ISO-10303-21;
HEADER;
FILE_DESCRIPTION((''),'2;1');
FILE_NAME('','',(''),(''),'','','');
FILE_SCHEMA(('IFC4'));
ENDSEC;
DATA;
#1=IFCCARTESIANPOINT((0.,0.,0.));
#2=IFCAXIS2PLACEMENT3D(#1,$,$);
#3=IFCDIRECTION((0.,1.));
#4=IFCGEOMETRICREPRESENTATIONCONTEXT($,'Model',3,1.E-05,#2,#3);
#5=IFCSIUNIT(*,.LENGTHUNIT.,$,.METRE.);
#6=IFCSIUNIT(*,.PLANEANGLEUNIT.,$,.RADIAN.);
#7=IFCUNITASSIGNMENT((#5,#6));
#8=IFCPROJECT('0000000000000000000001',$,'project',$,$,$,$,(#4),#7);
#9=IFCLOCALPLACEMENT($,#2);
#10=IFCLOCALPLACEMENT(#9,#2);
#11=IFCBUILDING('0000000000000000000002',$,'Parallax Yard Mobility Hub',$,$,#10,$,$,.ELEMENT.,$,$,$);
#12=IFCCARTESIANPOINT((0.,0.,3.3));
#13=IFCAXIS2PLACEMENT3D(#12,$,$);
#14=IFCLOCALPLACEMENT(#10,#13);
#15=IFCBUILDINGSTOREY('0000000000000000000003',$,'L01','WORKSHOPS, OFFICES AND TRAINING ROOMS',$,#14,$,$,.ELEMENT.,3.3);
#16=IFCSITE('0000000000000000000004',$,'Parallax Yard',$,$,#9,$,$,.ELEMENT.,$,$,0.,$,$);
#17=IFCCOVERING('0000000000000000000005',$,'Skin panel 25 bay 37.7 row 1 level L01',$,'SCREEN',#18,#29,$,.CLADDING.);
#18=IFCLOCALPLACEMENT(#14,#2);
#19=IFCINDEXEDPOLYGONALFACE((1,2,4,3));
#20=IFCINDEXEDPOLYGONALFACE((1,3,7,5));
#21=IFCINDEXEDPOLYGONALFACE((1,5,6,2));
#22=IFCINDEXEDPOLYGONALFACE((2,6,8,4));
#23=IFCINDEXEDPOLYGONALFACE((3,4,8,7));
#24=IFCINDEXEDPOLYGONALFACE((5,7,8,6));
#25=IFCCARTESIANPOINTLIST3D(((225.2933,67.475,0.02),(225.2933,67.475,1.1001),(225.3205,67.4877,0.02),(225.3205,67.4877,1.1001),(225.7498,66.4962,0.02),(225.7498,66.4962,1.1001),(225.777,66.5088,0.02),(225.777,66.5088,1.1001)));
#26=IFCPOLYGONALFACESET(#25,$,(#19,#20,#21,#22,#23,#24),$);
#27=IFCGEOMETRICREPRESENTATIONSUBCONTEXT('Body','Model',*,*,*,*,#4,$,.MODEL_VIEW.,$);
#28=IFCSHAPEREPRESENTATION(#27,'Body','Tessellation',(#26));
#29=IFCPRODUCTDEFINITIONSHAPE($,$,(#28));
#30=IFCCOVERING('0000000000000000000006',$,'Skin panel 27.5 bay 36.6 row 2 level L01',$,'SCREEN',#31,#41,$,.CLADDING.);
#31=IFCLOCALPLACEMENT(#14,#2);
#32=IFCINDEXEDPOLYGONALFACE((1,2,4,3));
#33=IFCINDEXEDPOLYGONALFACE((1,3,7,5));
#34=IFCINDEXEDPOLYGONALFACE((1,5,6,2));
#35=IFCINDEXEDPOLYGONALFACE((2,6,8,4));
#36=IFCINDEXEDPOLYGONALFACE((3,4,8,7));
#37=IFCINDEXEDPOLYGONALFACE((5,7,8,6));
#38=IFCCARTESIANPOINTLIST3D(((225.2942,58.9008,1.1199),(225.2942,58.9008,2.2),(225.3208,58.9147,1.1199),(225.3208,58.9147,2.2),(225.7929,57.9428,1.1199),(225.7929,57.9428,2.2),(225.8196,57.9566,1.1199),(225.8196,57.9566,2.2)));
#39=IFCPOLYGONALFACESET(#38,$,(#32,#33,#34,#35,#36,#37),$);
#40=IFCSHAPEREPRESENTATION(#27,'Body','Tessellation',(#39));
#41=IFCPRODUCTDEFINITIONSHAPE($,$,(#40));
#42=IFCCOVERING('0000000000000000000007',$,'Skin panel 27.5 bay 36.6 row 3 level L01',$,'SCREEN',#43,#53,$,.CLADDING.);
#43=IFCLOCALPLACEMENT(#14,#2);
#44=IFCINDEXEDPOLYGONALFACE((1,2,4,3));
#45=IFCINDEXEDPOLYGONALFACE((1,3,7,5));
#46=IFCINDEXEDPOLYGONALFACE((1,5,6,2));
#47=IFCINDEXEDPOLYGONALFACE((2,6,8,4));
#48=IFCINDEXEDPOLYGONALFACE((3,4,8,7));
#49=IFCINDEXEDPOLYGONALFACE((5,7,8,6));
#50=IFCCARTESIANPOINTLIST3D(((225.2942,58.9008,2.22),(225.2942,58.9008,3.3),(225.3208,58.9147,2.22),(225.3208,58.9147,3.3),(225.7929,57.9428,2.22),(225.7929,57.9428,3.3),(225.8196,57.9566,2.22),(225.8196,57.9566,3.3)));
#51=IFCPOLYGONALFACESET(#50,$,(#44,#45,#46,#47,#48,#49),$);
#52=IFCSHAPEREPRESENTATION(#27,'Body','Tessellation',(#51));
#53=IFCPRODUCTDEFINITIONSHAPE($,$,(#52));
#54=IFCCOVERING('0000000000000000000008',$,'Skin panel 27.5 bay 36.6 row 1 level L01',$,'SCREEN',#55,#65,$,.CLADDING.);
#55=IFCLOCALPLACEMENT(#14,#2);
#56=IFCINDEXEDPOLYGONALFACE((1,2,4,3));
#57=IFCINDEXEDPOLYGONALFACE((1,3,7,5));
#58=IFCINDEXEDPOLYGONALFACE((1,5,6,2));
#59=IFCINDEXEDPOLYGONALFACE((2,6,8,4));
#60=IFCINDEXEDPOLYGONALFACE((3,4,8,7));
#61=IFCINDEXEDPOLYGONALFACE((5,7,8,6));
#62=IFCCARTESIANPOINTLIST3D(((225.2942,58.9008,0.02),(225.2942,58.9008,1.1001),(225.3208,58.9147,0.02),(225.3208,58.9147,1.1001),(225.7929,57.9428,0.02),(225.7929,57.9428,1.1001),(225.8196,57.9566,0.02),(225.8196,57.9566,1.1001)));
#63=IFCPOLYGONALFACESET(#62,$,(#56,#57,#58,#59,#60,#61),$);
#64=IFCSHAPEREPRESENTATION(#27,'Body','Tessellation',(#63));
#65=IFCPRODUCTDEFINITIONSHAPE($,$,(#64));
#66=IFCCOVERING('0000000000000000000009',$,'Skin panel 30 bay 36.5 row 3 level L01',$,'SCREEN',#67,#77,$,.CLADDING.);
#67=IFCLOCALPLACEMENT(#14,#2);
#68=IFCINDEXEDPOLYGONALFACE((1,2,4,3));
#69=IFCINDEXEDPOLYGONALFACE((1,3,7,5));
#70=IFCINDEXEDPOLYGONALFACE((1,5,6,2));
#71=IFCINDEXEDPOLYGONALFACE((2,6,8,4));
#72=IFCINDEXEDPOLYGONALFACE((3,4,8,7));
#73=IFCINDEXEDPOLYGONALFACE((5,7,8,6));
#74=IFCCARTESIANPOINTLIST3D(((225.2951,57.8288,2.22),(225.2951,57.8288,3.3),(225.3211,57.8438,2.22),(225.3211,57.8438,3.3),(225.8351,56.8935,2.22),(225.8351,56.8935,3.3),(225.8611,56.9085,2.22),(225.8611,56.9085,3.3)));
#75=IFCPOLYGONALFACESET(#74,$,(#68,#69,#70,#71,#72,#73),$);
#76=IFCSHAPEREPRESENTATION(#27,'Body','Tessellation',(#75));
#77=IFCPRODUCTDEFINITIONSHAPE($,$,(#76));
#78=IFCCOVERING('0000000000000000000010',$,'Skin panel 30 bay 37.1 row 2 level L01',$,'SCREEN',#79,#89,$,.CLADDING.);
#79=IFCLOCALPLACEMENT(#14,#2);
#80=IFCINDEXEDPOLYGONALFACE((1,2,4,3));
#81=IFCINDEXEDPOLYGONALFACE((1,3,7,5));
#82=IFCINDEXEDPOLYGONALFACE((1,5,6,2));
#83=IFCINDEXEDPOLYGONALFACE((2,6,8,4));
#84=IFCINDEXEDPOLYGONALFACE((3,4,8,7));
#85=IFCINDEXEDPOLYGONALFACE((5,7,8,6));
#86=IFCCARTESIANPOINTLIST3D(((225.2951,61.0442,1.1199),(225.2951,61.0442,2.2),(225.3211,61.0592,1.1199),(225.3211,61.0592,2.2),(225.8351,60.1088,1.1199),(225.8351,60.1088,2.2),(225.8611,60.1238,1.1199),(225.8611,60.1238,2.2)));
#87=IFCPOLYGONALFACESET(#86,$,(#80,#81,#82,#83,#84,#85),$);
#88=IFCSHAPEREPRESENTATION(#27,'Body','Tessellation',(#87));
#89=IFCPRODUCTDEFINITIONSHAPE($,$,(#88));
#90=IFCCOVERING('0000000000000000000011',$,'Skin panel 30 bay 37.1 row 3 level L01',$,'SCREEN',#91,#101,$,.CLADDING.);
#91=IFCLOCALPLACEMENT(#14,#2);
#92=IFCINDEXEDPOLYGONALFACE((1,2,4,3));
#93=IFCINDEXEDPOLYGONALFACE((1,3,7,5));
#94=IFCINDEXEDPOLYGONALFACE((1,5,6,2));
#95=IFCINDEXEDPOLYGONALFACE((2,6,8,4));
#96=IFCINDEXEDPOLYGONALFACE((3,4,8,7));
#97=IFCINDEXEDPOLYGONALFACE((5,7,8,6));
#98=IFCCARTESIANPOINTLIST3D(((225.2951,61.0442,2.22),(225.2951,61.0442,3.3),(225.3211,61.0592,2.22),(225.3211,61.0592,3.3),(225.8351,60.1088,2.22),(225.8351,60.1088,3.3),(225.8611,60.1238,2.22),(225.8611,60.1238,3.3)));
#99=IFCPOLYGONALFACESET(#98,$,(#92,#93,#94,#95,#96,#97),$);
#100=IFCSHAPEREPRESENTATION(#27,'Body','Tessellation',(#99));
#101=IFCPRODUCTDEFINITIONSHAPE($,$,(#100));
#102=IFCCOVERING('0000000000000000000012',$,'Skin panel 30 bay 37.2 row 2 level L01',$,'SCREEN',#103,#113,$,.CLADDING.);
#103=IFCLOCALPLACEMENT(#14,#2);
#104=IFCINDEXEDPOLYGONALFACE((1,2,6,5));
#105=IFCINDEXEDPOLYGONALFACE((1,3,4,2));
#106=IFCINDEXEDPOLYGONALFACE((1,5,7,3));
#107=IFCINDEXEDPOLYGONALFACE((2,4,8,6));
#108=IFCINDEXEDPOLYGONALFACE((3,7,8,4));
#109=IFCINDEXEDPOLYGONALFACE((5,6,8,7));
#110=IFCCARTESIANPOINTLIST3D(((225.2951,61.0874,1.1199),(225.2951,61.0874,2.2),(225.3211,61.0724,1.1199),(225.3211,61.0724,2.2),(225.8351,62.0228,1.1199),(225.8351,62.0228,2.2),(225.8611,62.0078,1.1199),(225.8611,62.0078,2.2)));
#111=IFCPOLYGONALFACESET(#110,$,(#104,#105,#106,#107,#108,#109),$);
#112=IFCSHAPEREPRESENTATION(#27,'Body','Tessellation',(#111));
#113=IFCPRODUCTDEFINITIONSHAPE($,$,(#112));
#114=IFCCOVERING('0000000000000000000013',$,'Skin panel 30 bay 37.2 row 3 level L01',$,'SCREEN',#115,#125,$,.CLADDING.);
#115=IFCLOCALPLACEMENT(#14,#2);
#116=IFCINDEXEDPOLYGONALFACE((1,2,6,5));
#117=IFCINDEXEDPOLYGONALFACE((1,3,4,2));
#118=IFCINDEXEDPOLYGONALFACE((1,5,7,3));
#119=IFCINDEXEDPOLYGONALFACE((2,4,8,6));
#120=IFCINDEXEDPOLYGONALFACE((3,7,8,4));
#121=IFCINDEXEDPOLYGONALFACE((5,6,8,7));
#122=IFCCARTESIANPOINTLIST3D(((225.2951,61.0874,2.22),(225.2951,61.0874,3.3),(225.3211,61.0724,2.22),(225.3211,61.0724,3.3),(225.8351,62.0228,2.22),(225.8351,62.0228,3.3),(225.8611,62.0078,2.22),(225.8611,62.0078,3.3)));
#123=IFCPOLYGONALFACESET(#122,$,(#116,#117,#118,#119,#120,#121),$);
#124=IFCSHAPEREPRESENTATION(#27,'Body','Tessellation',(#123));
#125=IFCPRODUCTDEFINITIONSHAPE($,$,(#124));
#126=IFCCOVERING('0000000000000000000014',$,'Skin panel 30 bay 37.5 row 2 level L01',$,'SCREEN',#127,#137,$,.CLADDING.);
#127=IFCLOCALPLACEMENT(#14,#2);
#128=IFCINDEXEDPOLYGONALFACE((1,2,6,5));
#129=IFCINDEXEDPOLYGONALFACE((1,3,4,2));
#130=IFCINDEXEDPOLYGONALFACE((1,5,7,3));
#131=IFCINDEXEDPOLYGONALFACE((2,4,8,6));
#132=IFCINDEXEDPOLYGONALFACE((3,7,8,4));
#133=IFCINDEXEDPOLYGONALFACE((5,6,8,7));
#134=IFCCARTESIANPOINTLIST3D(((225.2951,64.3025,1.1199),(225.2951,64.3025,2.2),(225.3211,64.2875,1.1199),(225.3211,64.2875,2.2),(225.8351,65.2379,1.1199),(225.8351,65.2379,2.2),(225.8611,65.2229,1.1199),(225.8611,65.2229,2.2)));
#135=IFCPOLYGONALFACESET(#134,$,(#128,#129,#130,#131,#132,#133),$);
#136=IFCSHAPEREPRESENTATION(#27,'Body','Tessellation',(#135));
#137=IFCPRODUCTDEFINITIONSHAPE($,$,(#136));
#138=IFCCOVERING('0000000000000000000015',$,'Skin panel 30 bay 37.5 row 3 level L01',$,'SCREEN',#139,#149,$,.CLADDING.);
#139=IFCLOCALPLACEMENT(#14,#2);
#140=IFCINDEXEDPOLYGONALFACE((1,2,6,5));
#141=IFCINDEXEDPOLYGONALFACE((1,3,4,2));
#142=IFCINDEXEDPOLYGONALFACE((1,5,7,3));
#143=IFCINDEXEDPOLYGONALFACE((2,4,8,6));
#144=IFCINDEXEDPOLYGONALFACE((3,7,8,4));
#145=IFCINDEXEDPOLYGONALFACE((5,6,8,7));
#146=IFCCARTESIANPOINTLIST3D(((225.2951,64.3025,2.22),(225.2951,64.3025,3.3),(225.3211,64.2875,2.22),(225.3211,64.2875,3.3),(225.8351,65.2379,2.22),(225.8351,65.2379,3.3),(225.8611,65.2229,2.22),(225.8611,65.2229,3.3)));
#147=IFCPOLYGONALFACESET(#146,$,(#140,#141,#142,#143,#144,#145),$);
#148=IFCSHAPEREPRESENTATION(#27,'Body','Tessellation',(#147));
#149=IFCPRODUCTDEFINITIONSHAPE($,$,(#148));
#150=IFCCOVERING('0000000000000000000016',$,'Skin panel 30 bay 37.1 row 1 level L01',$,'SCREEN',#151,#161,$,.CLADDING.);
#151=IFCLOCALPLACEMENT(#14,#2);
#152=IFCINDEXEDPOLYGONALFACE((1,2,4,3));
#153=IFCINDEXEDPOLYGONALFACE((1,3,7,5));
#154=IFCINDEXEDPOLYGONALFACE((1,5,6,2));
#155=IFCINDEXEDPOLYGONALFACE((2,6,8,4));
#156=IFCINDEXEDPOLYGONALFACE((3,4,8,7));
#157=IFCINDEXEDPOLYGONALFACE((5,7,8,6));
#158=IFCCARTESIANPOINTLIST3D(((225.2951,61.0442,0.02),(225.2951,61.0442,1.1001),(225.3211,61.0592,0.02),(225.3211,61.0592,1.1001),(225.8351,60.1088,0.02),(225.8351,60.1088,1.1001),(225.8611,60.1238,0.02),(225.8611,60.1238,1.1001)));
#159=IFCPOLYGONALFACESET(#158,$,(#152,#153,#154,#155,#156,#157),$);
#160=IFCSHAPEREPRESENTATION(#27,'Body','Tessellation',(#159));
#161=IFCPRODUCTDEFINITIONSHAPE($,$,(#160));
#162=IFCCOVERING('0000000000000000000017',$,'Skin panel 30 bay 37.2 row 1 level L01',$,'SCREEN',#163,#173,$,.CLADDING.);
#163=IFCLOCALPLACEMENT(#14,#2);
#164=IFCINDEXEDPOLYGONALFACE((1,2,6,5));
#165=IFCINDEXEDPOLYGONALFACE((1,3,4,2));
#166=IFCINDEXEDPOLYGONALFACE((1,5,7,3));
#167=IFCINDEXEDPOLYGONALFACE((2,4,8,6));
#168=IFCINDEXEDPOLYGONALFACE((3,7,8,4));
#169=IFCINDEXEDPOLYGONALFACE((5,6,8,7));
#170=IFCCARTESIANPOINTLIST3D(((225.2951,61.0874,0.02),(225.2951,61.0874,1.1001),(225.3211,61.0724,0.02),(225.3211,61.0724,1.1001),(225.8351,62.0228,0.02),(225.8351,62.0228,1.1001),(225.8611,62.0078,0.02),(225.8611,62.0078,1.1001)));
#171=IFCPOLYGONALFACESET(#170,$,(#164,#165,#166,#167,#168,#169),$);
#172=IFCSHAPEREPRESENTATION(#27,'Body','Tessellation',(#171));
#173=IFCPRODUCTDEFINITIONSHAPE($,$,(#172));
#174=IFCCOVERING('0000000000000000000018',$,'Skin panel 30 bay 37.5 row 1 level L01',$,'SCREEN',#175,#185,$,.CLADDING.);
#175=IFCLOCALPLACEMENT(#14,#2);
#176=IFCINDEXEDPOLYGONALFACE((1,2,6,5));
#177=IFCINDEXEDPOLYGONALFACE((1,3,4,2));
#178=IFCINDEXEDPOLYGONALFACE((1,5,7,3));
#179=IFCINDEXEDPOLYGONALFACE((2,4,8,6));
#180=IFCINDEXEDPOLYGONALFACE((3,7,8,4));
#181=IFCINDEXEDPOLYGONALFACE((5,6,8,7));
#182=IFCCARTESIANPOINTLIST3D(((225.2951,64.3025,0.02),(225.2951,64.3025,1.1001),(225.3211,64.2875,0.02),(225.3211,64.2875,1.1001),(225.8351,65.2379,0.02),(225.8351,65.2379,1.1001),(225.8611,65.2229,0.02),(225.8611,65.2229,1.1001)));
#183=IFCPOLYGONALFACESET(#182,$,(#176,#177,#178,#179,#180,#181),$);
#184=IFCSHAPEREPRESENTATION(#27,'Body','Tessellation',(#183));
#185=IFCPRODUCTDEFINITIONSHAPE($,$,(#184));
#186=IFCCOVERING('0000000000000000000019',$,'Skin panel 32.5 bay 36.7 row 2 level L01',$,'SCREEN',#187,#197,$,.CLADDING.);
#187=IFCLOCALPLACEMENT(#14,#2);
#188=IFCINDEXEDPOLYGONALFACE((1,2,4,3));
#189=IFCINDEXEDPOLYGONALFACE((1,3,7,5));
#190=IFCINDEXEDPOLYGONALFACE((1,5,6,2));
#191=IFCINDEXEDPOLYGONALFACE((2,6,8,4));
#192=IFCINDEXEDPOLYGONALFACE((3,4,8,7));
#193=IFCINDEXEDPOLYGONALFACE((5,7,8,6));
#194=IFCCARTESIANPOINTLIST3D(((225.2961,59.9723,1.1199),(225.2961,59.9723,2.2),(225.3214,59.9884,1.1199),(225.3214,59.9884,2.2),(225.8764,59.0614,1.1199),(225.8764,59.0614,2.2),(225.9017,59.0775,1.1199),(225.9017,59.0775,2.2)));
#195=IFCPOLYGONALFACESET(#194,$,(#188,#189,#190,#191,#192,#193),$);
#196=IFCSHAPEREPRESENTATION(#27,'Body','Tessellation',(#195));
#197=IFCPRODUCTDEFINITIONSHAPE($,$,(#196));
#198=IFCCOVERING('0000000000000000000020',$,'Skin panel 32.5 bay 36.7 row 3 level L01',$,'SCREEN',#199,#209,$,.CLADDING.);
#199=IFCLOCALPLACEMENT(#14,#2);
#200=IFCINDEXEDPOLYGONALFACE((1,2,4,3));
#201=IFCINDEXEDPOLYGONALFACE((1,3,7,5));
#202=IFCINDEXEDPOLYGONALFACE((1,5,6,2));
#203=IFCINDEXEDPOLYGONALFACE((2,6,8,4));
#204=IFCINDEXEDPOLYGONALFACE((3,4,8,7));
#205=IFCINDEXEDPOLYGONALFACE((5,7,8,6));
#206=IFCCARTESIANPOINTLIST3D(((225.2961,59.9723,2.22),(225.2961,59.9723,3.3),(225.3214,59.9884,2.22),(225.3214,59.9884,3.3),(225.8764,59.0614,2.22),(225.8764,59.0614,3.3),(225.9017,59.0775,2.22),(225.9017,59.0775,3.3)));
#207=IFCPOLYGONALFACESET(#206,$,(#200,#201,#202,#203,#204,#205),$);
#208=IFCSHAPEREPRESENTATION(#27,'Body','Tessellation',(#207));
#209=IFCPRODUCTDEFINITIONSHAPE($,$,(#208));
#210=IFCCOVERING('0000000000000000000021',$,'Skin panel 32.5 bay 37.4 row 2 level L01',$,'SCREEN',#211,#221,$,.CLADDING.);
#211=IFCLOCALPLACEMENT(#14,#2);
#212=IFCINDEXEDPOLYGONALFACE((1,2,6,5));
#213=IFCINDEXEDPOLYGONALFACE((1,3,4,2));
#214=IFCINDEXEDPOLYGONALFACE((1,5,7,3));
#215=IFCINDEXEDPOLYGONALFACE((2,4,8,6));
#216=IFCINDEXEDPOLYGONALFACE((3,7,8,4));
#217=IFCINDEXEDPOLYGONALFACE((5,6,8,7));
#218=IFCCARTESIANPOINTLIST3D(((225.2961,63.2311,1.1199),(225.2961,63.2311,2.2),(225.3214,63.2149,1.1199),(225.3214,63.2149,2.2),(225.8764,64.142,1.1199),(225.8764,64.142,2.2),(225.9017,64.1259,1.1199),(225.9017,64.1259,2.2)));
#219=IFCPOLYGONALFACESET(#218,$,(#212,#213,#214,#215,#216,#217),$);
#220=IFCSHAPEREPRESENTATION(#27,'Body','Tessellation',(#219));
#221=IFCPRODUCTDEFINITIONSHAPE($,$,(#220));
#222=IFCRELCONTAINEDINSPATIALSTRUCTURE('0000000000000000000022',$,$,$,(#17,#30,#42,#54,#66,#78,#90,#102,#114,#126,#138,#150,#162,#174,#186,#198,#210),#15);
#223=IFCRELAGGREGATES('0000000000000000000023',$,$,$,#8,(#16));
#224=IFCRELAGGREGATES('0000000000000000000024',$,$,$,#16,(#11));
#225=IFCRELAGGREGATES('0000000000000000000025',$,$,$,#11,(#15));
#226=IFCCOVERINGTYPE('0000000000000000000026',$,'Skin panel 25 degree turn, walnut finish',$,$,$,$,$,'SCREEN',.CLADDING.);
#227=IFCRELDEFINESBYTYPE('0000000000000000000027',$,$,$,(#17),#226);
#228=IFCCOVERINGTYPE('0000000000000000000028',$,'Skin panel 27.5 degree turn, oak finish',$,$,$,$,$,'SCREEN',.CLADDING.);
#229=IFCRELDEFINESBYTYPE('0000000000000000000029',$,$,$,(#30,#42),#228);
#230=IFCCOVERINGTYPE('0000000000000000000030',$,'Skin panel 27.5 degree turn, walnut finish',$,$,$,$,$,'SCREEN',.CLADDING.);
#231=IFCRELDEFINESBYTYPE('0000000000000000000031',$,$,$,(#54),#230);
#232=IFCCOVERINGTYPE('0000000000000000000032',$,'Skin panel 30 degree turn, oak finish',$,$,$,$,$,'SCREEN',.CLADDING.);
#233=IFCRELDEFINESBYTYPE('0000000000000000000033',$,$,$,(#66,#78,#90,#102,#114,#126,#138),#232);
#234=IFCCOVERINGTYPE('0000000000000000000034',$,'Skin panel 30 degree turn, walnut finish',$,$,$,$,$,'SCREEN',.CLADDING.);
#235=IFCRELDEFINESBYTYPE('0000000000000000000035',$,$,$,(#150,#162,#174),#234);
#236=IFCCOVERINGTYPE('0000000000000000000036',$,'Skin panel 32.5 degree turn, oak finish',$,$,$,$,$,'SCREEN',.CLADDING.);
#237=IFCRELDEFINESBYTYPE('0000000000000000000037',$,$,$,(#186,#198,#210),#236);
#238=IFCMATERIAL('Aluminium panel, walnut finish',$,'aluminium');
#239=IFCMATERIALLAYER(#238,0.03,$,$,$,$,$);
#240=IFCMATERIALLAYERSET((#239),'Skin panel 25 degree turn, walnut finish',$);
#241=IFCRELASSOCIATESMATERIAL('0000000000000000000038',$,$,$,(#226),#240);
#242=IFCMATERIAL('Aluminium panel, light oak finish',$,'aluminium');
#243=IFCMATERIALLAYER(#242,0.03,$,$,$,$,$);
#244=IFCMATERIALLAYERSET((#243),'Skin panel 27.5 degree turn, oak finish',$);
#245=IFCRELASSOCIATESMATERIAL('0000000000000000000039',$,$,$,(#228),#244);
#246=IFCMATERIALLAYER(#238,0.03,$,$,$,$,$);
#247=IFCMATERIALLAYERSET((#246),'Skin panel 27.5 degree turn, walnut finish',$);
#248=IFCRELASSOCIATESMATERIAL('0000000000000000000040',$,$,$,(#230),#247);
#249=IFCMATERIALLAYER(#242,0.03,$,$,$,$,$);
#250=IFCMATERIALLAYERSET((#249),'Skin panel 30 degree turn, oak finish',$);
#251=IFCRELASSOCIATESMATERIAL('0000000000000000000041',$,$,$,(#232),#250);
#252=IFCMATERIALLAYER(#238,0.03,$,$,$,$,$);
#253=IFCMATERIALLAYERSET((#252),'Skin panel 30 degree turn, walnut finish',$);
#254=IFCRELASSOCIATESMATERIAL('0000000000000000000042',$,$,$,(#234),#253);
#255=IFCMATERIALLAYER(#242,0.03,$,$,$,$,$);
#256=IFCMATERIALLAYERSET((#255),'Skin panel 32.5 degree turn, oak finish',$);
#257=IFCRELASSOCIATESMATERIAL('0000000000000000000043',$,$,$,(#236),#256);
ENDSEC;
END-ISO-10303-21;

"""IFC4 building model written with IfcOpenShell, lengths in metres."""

from ifc_helpers import new_model, si_unit, direction, frame, origin, origin_2d, place, context, subcontext, project, spatial, rectangle, extrude, material, layer, layer_set, type_object, element, save


model = new_model("IFC4")

# Units and contexts
model_context = context("Model", 3, precision=1e-05, world=origin(), true_north=direction((0.0, 1.0)))
body_context = subcontext(model_context, "Body", "Model", "MODEL_VIEW")
ifc_project = project(units=[si_unit("LENGTHUNIT", "METRE"), si_unit("PLANEANGLEUNIT", "RADIAN")], contexts=[model_context])

# Site, building, storey
site_placement = place(None, origin())
site = spatial("IfcSite", under=ifc_project, at=site_placement, Name="Parallax Yard", CompositionType="ELEMENT", RefElevation=0.0)
building_placement = place(site_placement, origin())
building = spatial("IfcBuilding", under=site, at=building_placement, Name="Parallax Yard Mobility Hub", CompositionType="ELEMENT")
storey_placement = place(building_placement, frame((0.0, 0.0, 3.3)))
storey = spatial("IfcBuildingStorey", under=building, at=storey_placement, Name="L01", Description="WORKSHOPS, OFFICES AND TRAINING ROOMS", CompositionType="ELEMENT", Elevation=3.3)

# Coverings
ifc_material_1 = material(Name="Aluminium panel, walnut finish", Category="aluminium")
ifc_layer_1 = layer(ifc_material_1, 0.03)
ifc_layer_set_1 = layer_set([ifc_layer_1], Name="Skin panel 25 degree turn, walnut finish")
covering_type_1 = type_object("IfcCoveringType", Name="Skin panel 25 degree turn, walnut finish", ElementType="SCREEN", PredefinedType="CLADDING", material=ifc_layer_set_1)
covering_1_placement = place(storey_placement, frame((225.5352, 66.9919, 0.02), z_axis=(0.0, 0.0, 1.0), x_axis=(0.422618, -0.906308, 0.0)))
element("IfcCovering", 1, at=covering_1_placement, inside=storey, type_object=covering_type_1, Name="Skin panel 25 bay 37.7 row 1 level L01", ObjectType="SCREEN", PredefinedType="CLADDING", context=body_context, shape_type="SweptSolid", body=[
    extrude(rectangle(XDim=1.0801, YDim=0.03, at=origin_2d()), origin(), (0.0, 0.0, 1.0), 1.0801),
])
ifc_material_2 = material(Name="Aluminium panel, light oak finish", Category="aluminium")
ifc_layer_2 = layer(ifc_material_2, 0.03)
ifc_layer_set_2 = layer_set([ifc_layer_2], Name="Skin panel 27.5 degree turn, oak finish")
covering_type_2 = type_object("IfcCoveringType", Name="Skin panel 27.5 degree turn, oak finish", ElementType="SCREEN", PredefinedType="CLADDING", material=ifc_layer_set_2)
for number, where, z_axis, x_axis, name in (
    (2, (225.5569, 58.4287, 1.1199), (0.0, 0.0, 1.0), (0.461749, -0.887011, 0.0), "Skin panel 27.5 bay 36.6 row 2 level L01"),
    (3, (225.5569, 58.4287, 2.22), (0.0, 0.0, 1.0), (0.461749, -0.887011, 0.0), "Skin panel 27.5 bay 36.6 row 3 level L01"),
):
    element("IfcCovering", number, at=place(storey_placement, frame(where, z_axis=z_axis, x_axis=x_axis)), inside=storey, type_object=covering_type_2, Name=name, ObjectType="SCREEN", PredefinedType="CLADDING", context=body_context, shape_type="SweptSolid", body=[
        extrude(rectangle(XDim=1.0801, YDim=0.03, at=origin_2d()), origin(), (0.0, 0.0, 1.0), 1.0801),
    ])
ifc_layer_3 = layer(ifc_material_1, 0.03)
ifc_layer_set_3 = layer_set([ifc_layer_3], Name="Skin panel 27.5 degree turn, walnut finish")
covering_type_3 = type_object("IfcCoveringType", Name="Skin panel 27.5 degree turn, walnut finish", ElementType="SCREEN", PredefinedType="CLADDING", material=ifc_layer_set_3)
covering_2_placement = place(storey_placement, frame((225.5569, 58.4287, 0.02), z_axis=(0.0, 0.0, 1.0), x_axis=(0.461749, -0.887011, 0.0)))
element("IfcCovering", 4, at=covering_2_placement, inside=storey, type_object=covering_type_3, Name="Skin panel 27.5 bay 36.6 row 1 level L01", ObjectType="SCREEN", PredefinedType="CLADDING", context=body_context, shape_type="SweptSolid", body=[
    extrude(rectangle(XDim=1.0801, YDim=0.03, at=origin_2d()), origin(), (0.0, 0.0, 1.0), 1.0801),
])
ifc_layer_4 = layer(ifc_material_2, 0.03)
ifc_layer_set_4 = layer_set([ifc_layer_4], Name="Skin panel 30 degree turn, oak finish")
covering_type_4 = type_object("IfcCoveringType", Name="Skin panel 30 degree turn, oak finish", ElementType="SCREEN", PredefinedType="CLADDING", material=ifc_layer_set_4)
for number, where, z_axis, x_axis, name in (
    (5, (225.5781, 57.3687, 2.22), (0.0, 0.0, 1.0), (0.5, -0.866025, 0.0), "Skin panel 30 bay 36.5 row 3 level L01"),
    (6, (225.5781, 60.584, 1.1199), (0.0, 0.0, 1.0), (0.5, -0.866025, 0.0), "Skin panel 30 bay 37.1 row 2 level L01"),
    (7, (225.5781, 60.584, 2.22), (0.0, 0.0, 1.0), (0.5, -0.866025, 0.0), "Skin panel 30 bay 37.1 row 3 level L01"),
    (8, (225.5781, 61.5476, 1.1199), (0.0, 0.0, 1.0), (0.5, 0.866025, 0.0), "Skin panel 30 bay 37.2 row 2 level L01"),
    (9, (225.5781, 61.5476, 2.22), (0.0, 0.0, 1.0), (0.5, 0.866025, 0.0), "Skin panel 30 bay 37.2 row 3 level L01"),
    (10, (225.5781, 64.7627, 1.1199), (0.0, 0.0, 1.0), (0.5, 0.866025, 0.0), "Skin panel 30 bay 37.5 row 2 level L01"),
    (11, (225.5781, 64.7627, 2.22), (0.0, 0.0, 1.0), (0.5, 0.866025, 0.0), "Skin panel 30 bay 37.5 row 3 level L01"),
):
    element("IfcCovering", number, at=place(storey_placement, frame(where, z_axis=z_axis, x_axis=x_axis)), inside=storey, type_object=covering_type_4, Name=name, ObjectType="SCREEN", PredefinedType="CLADDING", context=body_context, shape_type="SweptSolid", body=[
        extrude(rectangle(XDim=1.0801, YDim=0.03, at=origin_2d()), origin(), (0.0, 0.0, 1.0), 1.0801),
    ])
ifc_layer_5 = layer(ifc_material_1, 0.03)
ifc_layer_set_5 = layer_set([ifc_layer_5], Name="Skin panel 30 degree turn, walnut finish")
covering_type_5 = type_object("IfcCoveringType", Name="Skin panel 30 degree turn, walnut finish", ElementType="SCREEN", PredefinedType="CLADDING", material=ifc_layer_set_5)
for number, where, z_axis, x_axis, name in (
    (12, (225.5781, 60.584, 0.02), (0.0, 0.0, 1.0), (0.5, -0.866025, 0.0), "Skin panel 30 bay 37.1 row 1 level L01"),
    (13, (225.5781, 61.5476, 0.02), (0.0, 0.0, 1.0), (0.5, 0.866025, 0.0), "Skin panel 30 bay 37.2 row 1 level L01"),
    (14, (225.5781, 64.7627, 0.02), (0.0, 0.0, 1.0), (0.5, 0.866025, 0.0), "Skin panel 30 bay 37.5 row 1 level L01"),
):
    element("IfcCovering", number, at=place(storey_placement, frame(where, z_axis=z_axis, x_axis=x_axis)), inside=storey, type_object=covering_type_5, Name=name, ObjectType="SCREEN", PredefinedType="CLADDING", context=body_context, shape_type="SweptSolid", body=[
        extrude(rectangle(XDim=1.0801, YDim=0.03, at=origin_2d()), origin(), (0.0, 0.0, 1.0), 1.0801),
    ])
ifc_layer_6 = layer(ifc_material_2, 0.03)
ifc_layer_set_6 = layer_set([ifc_layer_6], Name="Skin panel 32.5 degree turn, oak finish")
covering_type_6 = type_object("IfcCoveringType", Name="Skin panel 32.5 degree turn, oak finish", ElementType="SCREEN", PredefinedType="CLADDING", material=ifc_layer_set_6)
for number, where, z_axis, x_axis, name in (
    (15, (225.5989, 59.5249, 1.1199), (0.0, 0.0, 1.0), (0.5373, -0.843391, 0.0), "Skin panel 32.5 bay 36.7 row 2 level L01"),
    (16, (225.5989, 59.5249, 2.22), (0.0, 0.0, 1.0), (0.5373, -0.843391, 0.0), "Skin panel 32.5 bay 36.7 row 3 level L01"),
    (17, (225.5989, 63.6785, 1.1199), (0.0, 0.0, 1.0), (0.5373, 0.843391, 0.0), "Skin panel 32.5 bay 37.4 row 2 level L01"),
):
    element("IfcCovering", number, at=place(storey_placement, frame(where, z_axis=z_axis, x_axis=x_axis)), inside=storey, type_object=covering_type_6, Name=name, ObjectType="SCREEN", PredefinedType="CLADDING", context=body_context, shape_type="SweptSolid", body=[
        extrude(rectangle(XDim=1.0801, YDim=0.03, at=origin_2d()), origin(), (0.0, 0.0, 1.0), 1.0801),
    ])

save(model, "model.ifc")
